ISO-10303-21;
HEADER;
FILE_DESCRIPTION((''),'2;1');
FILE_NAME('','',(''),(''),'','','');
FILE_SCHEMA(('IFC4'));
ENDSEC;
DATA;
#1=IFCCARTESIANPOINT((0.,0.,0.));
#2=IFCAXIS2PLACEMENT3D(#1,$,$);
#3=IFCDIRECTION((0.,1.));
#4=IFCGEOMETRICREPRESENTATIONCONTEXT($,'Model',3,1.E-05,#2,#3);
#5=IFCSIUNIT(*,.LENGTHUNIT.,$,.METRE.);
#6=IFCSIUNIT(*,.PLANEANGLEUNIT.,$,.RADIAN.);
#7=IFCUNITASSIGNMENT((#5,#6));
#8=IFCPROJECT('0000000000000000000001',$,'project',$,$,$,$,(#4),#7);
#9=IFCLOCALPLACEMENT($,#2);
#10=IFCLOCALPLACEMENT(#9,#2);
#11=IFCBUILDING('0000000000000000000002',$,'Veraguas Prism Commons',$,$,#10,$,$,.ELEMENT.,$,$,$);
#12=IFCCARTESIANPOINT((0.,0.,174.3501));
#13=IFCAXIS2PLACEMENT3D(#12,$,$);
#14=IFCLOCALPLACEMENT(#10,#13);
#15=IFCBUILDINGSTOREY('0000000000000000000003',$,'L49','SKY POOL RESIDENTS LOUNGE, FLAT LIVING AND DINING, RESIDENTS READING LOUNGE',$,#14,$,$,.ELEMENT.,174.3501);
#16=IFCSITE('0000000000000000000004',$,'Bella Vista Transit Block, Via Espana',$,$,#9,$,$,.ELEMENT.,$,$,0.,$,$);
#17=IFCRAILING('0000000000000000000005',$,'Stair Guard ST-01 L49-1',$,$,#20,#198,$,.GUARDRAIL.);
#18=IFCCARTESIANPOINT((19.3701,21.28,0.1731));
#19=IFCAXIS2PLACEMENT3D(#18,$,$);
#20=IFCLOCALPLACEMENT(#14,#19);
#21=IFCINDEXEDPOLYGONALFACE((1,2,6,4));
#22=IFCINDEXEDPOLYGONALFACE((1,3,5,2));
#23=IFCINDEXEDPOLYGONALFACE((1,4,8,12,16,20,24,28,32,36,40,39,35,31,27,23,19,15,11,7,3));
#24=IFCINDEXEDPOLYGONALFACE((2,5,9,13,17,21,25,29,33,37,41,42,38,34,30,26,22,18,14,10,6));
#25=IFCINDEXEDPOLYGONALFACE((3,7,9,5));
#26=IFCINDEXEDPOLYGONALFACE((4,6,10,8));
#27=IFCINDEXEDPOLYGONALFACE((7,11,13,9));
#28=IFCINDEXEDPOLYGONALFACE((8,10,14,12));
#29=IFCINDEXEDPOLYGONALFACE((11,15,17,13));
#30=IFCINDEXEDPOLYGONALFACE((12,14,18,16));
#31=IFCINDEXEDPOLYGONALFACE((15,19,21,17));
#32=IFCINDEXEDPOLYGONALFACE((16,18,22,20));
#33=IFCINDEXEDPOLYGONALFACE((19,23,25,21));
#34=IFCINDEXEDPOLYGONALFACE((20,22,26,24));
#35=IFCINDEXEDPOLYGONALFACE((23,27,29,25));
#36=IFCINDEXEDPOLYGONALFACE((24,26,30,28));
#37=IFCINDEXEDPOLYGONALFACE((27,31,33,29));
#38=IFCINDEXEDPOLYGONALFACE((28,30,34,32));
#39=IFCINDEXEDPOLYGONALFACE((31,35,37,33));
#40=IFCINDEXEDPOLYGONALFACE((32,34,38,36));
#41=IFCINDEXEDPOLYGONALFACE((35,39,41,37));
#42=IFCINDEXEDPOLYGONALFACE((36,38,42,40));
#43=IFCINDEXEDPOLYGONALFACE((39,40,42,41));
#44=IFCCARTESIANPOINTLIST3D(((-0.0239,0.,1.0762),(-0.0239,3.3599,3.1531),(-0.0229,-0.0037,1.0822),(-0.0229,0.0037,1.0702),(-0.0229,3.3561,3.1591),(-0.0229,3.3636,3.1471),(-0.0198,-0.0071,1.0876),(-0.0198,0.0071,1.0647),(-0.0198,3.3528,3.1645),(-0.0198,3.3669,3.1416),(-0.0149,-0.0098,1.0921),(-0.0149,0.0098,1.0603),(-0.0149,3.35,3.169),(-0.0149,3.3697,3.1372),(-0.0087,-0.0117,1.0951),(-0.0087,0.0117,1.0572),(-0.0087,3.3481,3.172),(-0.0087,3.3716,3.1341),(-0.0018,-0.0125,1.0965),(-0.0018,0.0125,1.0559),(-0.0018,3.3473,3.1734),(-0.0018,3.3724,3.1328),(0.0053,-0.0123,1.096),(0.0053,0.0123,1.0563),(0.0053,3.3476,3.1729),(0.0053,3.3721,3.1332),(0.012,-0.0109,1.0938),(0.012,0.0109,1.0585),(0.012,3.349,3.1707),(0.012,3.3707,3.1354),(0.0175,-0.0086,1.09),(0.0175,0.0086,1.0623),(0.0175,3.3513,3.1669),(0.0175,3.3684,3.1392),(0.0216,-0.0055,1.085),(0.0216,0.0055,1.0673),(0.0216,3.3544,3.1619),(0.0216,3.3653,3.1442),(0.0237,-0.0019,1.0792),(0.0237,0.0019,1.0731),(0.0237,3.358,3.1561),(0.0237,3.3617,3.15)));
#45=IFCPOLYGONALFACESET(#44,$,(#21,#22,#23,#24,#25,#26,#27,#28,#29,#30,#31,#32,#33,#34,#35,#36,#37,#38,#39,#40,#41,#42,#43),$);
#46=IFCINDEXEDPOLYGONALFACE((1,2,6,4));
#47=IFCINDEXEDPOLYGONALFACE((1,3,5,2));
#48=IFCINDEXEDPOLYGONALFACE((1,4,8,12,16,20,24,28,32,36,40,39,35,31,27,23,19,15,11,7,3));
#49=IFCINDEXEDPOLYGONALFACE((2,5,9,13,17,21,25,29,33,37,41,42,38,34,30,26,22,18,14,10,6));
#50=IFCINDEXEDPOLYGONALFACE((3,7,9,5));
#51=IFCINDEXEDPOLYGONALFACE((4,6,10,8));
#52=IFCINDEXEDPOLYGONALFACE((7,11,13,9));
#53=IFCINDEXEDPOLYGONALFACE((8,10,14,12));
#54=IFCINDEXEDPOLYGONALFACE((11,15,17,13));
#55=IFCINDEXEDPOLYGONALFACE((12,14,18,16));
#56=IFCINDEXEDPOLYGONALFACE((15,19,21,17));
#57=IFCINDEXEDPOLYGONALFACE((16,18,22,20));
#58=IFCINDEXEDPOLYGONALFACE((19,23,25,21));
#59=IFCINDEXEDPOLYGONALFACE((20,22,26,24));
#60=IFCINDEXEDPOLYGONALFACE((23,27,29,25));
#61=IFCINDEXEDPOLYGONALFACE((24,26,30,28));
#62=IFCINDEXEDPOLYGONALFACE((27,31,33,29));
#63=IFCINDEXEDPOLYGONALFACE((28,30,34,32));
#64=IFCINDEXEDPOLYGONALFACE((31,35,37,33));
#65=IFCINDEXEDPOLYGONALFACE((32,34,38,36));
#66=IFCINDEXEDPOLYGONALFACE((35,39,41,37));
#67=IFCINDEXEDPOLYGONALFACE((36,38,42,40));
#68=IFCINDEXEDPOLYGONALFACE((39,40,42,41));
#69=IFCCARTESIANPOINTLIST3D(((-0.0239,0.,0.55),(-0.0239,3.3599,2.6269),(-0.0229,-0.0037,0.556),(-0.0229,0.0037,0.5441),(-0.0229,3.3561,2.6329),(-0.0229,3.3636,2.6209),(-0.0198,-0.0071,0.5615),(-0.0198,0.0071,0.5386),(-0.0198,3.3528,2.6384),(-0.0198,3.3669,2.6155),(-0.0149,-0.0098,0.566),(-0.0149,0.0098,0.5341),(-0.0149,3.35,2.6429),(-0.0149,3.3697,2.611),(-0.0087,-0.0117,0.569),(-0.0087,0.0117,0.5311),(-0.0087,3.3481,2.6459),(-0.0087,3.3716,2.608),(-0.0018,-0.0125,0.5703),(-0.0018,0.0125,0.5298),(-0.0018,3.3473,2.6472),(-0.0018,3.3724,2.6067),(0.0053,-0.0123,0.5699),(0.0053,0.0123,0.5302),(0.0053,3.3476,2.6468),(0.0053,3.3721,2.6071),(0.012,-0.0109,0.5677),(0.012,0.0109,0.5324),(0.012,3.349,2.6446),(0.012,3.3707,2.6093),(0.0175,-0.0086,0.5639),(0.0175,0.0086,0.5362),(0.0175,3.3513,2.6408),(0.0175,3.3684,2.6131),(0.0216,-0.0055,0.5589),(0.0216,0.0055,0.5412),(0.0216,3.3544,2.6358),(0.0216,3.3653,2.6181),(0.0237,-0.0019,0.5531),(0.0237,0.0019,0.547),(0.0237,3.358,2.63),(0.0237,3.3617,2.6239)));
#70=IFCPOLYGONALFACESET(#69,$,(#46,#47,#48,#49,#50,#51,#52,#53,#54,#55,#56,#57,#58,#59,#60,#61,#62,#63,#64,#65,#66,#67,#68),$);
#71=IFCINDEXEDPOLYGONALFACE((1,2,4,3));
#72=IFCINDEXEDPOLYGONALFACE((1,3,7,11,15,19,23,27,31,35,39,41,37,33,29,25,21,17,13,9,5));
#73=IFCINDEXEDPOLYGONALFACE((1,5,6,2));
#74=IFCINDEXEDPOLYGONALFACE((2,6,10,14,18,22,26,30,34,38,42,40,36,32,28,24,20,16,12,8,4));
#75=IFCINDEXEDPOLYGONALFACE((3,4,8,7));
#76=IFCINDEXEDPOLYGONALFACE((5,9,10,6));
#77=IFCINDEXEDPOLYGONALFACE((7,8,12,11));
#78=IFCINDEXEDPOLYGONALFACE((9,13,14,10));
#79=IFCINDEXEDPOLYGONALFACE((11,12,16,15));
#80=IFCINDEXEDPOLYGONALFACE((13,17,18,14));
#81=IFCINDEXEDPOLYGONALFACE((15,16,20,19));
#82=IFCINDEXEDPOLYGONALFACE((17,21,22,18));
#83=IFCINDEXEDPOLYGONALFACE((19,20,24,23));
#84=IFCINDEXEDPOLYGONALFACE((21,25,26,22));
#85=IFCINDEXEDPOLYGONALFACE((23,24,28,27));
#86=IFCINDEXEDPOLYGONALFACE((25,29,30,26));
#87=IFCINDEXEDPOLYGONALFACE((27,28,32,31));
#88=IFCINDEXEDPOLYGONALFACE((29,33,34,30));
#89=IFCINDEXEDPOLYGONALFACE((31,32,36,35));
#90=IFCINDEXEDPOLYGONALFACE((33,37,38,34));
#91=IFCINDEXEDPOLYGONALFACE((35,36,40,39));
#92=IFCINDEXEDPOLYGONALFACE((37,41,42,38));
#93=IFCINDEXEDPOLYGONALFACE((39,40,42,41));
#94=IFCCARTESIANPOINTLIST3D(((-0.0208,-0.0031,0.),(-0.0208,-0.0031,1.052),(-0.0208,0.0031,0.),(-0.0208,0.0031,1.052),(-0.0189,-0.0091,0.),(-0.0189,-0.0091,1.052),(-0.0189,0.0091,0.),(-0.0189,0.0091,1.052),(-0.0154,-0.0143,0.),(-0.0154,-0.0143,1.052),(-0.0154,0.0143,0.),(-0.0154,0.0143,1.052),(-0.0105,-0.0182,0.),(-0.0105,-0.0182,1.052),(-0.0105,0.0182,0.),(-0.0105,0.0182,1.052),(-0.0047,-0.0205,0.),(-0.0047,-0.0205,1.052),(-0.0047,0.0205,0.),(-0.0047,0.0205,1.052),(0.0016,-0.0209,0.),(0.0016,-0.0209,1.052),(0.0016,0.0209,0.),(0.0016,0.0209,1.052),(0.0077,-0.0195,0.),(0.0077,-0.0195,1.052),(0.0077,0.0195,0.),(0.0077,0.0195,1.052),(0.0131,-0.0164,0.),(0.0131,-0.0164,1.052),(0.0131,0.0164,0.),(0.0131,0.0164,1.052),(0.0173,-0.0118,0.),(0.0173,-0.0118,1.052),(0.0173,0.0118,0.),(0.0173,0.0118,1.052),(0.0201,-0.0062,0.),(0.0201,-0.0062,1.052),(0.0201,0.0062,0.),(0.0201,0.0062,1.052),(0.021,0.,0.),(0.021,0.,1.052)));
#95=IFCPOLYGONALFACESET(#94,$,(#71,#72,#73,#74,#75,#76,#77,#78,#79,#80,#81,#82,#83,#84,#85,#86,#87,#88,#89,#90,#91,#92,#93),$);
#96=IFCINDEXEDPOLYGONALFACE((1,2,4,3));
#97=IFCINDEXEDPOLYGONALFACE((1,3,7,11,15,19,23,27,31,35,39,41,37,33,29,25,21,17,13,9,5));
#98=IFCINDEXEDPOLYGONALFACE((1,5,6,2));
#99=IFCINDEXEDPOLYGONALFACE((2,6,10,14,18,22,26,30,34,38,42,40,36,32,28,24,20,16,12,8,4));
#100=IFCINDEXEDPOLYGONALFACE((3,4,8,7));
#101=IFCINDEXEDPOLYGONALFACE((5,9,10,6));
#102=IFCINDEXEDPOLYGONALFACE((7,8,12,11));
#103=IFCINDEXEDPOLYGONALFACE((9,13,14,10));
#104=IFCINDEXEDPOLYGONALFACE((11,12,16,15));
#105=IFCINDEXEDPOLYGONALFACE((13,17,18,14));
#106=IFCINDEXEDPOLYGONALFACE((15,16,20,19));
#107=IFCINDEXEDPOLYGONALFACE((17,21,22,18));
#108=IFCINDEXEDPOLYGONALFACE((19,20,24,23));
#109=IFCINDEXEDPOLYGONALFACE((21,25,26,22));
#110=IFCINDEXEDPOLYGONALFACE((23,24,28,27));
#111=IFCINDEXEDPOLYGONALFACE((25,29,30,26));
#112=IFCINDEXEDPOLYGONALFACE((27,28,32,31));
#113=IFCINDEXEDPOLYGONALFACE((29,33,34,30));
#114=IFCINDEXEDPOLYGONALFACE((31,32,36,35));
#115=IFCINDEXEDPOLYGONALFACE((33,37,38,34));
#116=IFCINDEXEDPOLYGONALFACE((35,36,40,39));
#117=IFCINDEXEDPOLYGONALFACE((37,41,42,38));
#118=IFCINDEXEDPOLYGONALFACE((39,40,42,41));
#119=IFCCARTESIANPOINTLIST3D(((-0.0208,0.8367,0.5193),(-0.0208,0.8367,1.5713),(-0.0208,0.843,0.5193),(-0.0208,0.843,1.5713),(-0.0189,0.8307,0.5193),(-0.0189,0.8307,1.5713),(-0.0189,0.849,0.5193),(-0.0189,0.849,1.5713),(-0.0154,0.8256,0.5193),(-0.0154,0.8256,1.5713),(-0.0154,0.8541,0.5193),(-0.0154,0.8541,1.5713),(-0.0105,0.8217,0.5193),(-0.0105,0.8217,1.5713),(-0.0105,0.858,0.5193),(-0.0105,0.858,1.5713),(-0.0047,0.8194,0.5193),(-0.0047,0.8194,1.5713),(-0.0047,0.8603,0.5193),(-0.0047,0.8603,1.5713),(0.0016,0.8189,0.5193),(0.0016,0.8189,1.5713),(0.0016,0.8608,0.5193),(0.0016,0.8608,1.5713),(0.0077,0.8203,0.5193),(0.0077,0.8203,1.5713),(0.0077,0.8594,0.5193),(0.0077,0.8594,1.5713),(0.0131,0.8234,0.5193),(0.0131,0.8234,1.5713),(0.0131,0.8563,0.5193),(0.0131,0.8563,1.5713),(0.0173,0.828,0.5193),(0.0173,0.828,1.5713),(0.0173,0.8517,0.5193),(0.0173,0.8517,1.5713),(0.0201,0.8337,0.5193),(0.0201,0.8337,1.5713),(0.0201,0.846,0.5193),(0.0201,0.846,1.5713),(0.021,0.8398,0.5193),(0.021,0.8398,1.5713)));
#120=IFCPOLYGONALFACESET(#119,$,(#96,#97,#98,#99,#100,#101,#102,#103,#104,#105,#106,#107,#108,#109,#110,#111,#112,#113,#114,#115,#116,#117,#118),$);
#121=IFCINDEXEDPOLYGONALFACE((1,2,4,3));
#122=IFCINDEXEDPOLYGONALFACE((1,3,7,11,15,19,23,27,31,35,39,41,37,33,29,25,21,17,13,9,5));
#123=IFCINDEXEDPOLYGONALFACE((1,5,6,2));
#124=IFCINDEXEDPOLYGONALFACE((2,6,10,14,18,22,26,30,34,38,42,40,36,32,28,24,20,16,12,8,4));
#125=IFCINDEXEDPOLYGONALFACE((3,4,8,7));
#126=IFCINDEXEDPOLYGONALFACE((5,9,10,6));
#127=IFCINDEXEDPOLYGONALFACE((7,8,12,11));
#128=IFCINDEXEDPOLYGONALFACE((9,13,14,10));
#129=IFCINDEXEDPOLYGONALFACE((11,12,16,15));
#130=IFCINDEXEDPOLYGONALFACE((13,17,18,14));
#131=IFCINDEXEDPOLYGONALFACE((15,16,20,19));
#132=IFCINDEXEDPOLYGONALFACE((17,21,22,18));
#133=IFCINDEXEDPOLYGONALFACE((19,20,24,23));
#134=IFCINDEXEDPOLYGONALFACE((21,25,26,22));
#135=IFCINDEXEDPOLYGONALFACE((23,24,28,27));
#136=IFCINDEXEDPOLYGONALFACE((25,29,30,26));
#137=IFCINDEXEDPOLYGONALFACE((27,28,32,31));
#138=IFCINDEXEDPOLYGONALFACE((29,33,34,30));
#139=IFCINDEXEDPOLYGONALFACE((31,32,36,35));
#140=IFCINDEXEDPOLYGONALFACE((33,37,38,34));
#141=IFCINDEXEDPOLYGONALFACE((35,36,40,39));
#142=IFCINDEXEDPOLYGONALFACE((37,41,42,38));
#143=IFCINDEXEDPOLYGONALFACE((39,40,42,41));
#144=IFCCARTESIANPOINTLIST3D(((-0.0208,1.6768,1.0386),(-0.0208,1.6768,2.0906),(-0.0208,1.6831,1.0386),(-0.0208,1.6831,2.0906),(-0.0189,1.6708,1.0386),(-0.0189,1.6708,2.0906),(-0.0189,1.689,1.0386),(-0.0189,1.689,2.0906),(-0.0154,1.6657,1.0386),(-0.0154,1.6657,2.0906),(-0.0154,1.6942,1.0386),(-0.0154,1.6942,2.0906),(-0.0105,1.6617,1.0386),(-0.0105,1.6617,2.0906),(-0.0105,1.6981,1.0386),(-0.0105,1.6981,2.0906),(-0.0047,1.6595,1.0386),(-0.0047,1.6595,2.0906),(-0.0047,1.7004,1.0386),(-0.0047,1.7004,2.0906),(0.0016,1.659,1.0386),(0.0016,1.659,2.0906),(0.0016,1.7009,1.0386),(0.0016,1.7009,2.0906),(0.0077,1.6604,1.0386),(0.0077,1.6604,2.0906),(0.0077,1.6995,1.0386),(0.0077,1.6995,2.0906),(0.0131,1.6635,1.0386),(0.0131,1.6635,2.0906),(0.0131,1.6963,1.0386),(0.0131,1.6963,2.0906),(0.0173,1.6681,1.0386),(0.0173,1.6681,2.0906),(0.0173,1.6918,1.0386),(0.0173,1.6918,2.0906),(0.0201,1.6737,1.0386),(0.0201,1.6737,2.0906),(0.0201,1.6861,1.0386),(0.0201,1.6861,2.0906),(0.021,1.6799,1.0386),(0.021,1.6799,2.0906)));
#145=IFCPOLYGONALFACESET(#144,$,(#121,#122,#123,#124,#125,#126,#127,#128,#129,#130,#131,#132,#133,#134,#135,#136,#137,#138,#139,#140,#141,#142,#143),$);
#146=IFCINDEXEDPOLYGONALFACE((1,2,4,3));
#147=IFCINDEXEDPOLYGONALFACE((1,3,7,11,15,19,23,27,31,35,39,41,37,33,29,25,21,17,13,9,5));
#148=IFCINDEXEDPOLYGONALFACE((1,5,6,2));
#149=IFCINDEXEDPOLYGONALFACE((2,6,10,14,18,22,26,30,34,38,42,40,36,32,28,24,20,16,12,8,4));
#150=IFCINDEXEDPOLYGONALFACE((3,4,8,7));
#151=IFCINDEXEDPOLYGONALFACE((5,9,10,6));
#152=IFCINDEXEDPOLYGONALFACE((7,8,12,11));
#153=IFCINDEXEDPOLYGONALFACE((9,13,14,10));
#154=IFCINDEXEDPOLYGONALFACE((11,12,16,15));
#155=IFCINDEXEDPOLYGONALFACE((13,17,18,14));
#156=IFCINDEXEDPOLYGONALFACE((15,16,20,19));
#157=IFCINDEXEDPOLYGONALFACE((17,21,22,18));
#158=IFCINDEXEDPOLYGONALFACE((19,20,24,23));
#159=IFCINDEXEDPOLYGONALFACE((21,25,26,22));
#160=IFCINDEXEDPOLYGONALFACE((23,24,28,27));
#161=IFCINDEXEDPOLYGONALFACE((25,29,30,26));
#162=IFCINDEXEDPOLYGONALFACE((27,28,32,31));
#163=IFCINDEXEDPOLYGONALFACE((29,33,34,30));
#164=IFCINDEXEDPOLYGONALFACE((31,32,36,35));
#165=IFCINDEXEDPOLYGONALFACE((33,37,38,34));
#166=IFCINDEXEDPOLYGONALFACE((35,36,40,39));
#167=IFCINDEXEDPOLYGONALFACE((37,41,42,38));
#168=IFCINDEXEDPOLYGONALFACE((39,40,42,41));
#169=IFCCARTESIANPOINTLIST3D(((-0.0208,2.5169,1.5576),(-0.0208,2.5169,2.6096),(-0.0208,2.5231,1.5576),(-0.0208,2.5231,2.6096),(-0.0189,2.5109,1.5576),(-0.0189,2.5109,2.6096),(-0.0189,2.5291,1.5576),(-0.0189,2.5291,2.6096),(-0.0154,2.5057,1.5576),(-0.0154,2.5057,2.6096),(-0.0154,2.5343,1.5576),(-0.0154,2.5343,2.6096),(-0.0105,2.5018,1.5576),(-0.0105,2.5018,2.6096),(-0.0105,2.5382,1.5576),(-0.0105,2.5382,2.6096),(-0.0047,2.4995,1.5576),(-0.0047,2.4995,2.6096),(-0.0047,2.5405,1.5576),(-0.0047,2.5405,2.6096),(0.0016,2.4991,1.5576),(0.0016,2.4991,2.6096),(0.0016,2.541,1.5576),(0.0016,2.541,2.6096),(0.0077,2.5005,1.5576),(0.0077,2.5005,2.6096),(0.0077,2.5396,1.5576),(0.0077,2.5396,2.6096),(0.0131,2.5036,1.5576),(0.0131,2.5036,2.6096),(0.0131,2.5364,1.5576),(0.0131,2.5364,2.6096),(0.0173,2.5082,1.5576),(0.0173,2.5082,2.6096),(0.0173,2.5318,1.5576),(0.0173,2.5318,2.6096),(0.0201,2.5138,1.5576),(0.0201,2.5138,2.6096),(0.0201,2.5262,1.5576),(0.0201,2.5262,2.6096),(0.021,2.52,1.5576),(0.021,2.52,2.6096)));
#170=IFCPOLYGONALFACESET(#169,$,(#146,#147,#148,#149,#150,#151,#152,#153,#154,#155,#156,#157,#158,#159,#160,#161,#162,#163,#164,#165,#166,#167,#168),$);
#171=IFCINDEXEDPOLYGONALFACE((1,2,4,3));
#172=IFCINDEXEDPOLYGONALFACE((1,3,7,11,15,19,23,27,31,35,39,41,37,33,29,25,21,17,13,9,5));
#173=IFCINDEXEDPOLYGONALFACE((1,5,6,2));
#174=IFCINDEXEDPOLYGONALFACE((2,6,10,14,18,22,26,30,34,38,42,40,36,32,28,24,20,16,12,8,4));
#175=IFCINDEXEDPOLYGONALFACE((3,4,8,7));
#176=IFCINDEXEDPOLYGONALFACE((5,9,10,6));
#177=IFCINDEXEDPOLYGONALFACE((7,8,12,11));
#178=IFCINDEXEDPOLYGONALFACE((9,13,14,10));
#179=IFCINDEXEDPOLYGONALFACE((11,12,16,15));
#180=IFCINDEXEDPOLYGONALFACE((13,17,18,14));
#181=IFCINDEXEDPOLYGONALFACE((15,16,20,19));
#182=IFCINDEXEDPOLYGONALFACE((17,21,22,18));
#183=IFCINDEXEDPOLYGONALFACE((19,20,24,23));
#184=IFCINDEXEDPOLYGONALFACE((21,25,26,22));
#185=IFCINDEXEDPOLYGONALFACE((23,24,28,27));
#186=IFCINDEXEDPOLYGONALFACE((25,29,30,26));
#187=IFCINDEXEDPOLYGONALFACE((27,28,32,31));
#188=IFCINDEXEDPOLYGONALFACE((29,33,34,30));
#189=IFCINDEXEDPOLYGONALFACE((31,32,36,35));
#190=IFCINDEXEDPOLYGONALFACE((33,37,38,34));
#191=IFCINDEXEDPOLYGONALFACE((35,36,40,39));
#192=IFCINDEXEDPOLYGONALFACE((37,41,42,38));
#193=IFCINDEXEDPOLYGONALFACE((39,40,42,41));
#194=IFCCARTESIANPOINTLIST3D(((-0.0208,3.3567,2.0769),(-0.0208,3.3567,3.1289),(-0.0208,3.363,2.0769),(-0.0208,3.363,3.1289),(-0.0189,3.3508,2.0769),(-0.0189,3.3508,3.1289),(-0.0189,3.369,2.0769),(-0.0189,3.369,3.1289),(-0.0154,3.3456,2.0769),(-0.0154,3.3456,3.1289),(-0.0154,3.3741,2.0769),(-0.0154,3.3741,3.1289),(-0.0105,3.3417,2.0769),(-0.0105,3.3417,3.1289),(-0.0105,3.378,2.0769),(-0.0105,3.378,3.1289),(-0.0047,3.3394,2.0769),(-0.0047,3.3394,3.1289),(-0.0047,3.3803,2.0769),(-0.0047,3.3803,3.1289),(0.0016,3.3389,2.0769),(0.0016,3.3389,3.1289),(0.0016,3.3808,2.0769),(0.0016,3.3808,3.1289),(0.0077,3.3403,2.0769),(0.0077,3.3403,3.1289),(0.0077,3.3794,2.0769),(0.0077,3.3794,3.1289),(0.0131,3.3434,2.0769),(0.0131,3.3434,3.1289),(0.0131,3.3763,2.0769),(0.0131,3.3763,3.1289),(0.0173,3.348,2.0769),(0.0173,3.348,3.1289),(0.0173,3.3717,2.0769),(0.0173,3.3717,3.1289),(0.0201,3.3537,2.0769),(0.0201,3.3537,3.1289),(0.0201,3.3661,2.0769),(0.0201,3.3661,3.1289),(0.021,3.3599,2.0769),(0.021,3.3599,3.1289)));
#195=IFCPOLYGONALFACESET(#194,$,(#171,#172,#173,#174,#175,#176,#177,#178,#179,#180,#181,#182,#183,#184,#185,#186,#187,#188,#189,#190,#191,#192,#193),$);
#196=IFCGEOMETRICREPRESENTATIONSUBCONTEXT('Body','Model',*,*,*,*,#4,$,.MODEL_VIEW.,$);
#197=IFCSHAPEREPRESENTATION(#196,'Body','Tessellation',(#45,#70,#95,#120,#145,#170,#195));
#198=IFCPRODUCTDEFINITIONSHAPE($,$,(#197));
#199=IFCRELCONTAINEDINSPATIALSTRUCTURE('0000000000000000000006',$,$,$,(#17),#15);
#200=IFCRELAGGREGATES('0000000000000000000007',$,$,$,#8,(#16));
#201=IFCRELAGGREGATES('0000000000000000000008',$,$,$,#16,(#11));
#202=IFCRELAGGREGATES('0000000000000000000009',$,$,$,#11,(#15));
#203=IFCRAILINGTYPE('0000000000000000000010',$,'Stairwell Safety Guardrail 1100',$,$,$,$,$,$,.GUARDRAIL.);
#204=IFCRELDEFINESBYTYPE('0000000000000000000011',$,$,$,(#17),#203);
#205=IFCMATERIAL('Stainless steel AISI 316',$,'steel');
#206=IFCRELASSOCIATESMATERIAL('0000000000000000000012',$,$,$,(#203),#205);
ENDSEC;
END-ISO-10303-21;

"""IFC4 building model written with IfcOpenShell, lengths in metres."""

from ifc_helpers import new_model, si_unit, direction, frame, origin, origin_2d, place, context, subcontext, project, spatial, circle, extrude, material, type_object, element, save


model = new_model("IFC4")

# Units and contexts
model_context = context("Model", 3, precision=1e-05, world=origin(), true_north=direction((0.0, 1.0)))
body_context = subcontext(model_context, "Body", "Model", "MODEL_VIEW")
ifc_project = project(units=[si_unit("LENGTHUNIT", "METRE"), si_unit("PLANEANGLEUNIT", "RADIAN")], contexts=[model_context])

# Site, building, storey
site_placement = place(None, origin())
site = spatial("IfcSite", under=ifc_project, at=site_placement, Name="Bella Vista Transit Block, Via Espana", CompositionType="ELEMENT", RefElevation=0.0)
building_placement = place(site_placement, origin())
building = spatial("IfcBuilding", under=site, at=building_placement, Name="Veraguas Prism Commons", CompositionType="ELEMENT")
storey_placement = place(building_placement, frame((0.0, 0.0, 174.3501)))
storey = spatial("IfcBuildingStorey", under=building, at=storey_placement, Name="L49", Description="SKY POOL RESIDENTS LOUNGE, FLAT LIVING AND DINING, RESIDENTS READING LOUNGE", CompositionType="ELEMENT", Elevation=174.3501)

# Railing
ifc_material_1 = material(Name="Stainless steel AISI 316", Category="steel")
railing_type_1 = type_object("IfcRailingType", Name="Stairwell Safety Guardrail 1100", PredefinedType="GUARDRAIL", material=ifc_material_1)
railing_1_placement = place(storey_placement, frame((19.3701, 21.28, 0.1731)))
element("IfcRailing", 1, at=railing_1_placement, inside=storey, type_object=railing_type_1, Name="Stair Guard ST-01 L49-1", PredefinedType="GUARDRAIL", context=body_context, shape_type="SweptSolid", body=[
    extrude(circle(Radius=0.0239, at=origin_2d()), frame((0.0, 0.0, 1.0762), z_axis=(0.0, 0.850606, 0.525803), x_axis=(-1.0, 0.0, 0.0)), (0.0, 0.0, 1.0), 3.95),
    extrude(circle(Radius=0.0239, at=origin_2d()), frame((0.0, 0.0, 0.55), z_axis=(0.0, 0.850606, 0.525803), x_axis=(-1.0, 0.0, 0.0)), (0.0, 0.0, 1.0), 3.95),
    extrude(circle(Radius=0.021, at=origin_2d()), origin(), (0.0, 0.0, 1.0), 1.052),
    extrude(circle(Radius=0.021, at=origin_2d()), frame((0.0, 0.8398, 0.5193)), (0.0, 0.0, 1.0), 1.052),
    extrude(circle(Radius=0.021, at=origin_2d()), frame((0.0, 1.6799, 1.0386)), (0.0, 0.0, 1.0), 1.052),
    extrude(circle(Radius=0.021, at=origin_2d()), frame((0.0, 2.52, 1.5576)), (0.0, 0.0, 1.0), 1.052),
    extrude(circle(Radius=0.021, at=origin_2d()), frame((0.0, 3.3599, 2.0769)), (0.0, 0.0, 1.0), 1.052),
])

save(model, "model.ifc")
